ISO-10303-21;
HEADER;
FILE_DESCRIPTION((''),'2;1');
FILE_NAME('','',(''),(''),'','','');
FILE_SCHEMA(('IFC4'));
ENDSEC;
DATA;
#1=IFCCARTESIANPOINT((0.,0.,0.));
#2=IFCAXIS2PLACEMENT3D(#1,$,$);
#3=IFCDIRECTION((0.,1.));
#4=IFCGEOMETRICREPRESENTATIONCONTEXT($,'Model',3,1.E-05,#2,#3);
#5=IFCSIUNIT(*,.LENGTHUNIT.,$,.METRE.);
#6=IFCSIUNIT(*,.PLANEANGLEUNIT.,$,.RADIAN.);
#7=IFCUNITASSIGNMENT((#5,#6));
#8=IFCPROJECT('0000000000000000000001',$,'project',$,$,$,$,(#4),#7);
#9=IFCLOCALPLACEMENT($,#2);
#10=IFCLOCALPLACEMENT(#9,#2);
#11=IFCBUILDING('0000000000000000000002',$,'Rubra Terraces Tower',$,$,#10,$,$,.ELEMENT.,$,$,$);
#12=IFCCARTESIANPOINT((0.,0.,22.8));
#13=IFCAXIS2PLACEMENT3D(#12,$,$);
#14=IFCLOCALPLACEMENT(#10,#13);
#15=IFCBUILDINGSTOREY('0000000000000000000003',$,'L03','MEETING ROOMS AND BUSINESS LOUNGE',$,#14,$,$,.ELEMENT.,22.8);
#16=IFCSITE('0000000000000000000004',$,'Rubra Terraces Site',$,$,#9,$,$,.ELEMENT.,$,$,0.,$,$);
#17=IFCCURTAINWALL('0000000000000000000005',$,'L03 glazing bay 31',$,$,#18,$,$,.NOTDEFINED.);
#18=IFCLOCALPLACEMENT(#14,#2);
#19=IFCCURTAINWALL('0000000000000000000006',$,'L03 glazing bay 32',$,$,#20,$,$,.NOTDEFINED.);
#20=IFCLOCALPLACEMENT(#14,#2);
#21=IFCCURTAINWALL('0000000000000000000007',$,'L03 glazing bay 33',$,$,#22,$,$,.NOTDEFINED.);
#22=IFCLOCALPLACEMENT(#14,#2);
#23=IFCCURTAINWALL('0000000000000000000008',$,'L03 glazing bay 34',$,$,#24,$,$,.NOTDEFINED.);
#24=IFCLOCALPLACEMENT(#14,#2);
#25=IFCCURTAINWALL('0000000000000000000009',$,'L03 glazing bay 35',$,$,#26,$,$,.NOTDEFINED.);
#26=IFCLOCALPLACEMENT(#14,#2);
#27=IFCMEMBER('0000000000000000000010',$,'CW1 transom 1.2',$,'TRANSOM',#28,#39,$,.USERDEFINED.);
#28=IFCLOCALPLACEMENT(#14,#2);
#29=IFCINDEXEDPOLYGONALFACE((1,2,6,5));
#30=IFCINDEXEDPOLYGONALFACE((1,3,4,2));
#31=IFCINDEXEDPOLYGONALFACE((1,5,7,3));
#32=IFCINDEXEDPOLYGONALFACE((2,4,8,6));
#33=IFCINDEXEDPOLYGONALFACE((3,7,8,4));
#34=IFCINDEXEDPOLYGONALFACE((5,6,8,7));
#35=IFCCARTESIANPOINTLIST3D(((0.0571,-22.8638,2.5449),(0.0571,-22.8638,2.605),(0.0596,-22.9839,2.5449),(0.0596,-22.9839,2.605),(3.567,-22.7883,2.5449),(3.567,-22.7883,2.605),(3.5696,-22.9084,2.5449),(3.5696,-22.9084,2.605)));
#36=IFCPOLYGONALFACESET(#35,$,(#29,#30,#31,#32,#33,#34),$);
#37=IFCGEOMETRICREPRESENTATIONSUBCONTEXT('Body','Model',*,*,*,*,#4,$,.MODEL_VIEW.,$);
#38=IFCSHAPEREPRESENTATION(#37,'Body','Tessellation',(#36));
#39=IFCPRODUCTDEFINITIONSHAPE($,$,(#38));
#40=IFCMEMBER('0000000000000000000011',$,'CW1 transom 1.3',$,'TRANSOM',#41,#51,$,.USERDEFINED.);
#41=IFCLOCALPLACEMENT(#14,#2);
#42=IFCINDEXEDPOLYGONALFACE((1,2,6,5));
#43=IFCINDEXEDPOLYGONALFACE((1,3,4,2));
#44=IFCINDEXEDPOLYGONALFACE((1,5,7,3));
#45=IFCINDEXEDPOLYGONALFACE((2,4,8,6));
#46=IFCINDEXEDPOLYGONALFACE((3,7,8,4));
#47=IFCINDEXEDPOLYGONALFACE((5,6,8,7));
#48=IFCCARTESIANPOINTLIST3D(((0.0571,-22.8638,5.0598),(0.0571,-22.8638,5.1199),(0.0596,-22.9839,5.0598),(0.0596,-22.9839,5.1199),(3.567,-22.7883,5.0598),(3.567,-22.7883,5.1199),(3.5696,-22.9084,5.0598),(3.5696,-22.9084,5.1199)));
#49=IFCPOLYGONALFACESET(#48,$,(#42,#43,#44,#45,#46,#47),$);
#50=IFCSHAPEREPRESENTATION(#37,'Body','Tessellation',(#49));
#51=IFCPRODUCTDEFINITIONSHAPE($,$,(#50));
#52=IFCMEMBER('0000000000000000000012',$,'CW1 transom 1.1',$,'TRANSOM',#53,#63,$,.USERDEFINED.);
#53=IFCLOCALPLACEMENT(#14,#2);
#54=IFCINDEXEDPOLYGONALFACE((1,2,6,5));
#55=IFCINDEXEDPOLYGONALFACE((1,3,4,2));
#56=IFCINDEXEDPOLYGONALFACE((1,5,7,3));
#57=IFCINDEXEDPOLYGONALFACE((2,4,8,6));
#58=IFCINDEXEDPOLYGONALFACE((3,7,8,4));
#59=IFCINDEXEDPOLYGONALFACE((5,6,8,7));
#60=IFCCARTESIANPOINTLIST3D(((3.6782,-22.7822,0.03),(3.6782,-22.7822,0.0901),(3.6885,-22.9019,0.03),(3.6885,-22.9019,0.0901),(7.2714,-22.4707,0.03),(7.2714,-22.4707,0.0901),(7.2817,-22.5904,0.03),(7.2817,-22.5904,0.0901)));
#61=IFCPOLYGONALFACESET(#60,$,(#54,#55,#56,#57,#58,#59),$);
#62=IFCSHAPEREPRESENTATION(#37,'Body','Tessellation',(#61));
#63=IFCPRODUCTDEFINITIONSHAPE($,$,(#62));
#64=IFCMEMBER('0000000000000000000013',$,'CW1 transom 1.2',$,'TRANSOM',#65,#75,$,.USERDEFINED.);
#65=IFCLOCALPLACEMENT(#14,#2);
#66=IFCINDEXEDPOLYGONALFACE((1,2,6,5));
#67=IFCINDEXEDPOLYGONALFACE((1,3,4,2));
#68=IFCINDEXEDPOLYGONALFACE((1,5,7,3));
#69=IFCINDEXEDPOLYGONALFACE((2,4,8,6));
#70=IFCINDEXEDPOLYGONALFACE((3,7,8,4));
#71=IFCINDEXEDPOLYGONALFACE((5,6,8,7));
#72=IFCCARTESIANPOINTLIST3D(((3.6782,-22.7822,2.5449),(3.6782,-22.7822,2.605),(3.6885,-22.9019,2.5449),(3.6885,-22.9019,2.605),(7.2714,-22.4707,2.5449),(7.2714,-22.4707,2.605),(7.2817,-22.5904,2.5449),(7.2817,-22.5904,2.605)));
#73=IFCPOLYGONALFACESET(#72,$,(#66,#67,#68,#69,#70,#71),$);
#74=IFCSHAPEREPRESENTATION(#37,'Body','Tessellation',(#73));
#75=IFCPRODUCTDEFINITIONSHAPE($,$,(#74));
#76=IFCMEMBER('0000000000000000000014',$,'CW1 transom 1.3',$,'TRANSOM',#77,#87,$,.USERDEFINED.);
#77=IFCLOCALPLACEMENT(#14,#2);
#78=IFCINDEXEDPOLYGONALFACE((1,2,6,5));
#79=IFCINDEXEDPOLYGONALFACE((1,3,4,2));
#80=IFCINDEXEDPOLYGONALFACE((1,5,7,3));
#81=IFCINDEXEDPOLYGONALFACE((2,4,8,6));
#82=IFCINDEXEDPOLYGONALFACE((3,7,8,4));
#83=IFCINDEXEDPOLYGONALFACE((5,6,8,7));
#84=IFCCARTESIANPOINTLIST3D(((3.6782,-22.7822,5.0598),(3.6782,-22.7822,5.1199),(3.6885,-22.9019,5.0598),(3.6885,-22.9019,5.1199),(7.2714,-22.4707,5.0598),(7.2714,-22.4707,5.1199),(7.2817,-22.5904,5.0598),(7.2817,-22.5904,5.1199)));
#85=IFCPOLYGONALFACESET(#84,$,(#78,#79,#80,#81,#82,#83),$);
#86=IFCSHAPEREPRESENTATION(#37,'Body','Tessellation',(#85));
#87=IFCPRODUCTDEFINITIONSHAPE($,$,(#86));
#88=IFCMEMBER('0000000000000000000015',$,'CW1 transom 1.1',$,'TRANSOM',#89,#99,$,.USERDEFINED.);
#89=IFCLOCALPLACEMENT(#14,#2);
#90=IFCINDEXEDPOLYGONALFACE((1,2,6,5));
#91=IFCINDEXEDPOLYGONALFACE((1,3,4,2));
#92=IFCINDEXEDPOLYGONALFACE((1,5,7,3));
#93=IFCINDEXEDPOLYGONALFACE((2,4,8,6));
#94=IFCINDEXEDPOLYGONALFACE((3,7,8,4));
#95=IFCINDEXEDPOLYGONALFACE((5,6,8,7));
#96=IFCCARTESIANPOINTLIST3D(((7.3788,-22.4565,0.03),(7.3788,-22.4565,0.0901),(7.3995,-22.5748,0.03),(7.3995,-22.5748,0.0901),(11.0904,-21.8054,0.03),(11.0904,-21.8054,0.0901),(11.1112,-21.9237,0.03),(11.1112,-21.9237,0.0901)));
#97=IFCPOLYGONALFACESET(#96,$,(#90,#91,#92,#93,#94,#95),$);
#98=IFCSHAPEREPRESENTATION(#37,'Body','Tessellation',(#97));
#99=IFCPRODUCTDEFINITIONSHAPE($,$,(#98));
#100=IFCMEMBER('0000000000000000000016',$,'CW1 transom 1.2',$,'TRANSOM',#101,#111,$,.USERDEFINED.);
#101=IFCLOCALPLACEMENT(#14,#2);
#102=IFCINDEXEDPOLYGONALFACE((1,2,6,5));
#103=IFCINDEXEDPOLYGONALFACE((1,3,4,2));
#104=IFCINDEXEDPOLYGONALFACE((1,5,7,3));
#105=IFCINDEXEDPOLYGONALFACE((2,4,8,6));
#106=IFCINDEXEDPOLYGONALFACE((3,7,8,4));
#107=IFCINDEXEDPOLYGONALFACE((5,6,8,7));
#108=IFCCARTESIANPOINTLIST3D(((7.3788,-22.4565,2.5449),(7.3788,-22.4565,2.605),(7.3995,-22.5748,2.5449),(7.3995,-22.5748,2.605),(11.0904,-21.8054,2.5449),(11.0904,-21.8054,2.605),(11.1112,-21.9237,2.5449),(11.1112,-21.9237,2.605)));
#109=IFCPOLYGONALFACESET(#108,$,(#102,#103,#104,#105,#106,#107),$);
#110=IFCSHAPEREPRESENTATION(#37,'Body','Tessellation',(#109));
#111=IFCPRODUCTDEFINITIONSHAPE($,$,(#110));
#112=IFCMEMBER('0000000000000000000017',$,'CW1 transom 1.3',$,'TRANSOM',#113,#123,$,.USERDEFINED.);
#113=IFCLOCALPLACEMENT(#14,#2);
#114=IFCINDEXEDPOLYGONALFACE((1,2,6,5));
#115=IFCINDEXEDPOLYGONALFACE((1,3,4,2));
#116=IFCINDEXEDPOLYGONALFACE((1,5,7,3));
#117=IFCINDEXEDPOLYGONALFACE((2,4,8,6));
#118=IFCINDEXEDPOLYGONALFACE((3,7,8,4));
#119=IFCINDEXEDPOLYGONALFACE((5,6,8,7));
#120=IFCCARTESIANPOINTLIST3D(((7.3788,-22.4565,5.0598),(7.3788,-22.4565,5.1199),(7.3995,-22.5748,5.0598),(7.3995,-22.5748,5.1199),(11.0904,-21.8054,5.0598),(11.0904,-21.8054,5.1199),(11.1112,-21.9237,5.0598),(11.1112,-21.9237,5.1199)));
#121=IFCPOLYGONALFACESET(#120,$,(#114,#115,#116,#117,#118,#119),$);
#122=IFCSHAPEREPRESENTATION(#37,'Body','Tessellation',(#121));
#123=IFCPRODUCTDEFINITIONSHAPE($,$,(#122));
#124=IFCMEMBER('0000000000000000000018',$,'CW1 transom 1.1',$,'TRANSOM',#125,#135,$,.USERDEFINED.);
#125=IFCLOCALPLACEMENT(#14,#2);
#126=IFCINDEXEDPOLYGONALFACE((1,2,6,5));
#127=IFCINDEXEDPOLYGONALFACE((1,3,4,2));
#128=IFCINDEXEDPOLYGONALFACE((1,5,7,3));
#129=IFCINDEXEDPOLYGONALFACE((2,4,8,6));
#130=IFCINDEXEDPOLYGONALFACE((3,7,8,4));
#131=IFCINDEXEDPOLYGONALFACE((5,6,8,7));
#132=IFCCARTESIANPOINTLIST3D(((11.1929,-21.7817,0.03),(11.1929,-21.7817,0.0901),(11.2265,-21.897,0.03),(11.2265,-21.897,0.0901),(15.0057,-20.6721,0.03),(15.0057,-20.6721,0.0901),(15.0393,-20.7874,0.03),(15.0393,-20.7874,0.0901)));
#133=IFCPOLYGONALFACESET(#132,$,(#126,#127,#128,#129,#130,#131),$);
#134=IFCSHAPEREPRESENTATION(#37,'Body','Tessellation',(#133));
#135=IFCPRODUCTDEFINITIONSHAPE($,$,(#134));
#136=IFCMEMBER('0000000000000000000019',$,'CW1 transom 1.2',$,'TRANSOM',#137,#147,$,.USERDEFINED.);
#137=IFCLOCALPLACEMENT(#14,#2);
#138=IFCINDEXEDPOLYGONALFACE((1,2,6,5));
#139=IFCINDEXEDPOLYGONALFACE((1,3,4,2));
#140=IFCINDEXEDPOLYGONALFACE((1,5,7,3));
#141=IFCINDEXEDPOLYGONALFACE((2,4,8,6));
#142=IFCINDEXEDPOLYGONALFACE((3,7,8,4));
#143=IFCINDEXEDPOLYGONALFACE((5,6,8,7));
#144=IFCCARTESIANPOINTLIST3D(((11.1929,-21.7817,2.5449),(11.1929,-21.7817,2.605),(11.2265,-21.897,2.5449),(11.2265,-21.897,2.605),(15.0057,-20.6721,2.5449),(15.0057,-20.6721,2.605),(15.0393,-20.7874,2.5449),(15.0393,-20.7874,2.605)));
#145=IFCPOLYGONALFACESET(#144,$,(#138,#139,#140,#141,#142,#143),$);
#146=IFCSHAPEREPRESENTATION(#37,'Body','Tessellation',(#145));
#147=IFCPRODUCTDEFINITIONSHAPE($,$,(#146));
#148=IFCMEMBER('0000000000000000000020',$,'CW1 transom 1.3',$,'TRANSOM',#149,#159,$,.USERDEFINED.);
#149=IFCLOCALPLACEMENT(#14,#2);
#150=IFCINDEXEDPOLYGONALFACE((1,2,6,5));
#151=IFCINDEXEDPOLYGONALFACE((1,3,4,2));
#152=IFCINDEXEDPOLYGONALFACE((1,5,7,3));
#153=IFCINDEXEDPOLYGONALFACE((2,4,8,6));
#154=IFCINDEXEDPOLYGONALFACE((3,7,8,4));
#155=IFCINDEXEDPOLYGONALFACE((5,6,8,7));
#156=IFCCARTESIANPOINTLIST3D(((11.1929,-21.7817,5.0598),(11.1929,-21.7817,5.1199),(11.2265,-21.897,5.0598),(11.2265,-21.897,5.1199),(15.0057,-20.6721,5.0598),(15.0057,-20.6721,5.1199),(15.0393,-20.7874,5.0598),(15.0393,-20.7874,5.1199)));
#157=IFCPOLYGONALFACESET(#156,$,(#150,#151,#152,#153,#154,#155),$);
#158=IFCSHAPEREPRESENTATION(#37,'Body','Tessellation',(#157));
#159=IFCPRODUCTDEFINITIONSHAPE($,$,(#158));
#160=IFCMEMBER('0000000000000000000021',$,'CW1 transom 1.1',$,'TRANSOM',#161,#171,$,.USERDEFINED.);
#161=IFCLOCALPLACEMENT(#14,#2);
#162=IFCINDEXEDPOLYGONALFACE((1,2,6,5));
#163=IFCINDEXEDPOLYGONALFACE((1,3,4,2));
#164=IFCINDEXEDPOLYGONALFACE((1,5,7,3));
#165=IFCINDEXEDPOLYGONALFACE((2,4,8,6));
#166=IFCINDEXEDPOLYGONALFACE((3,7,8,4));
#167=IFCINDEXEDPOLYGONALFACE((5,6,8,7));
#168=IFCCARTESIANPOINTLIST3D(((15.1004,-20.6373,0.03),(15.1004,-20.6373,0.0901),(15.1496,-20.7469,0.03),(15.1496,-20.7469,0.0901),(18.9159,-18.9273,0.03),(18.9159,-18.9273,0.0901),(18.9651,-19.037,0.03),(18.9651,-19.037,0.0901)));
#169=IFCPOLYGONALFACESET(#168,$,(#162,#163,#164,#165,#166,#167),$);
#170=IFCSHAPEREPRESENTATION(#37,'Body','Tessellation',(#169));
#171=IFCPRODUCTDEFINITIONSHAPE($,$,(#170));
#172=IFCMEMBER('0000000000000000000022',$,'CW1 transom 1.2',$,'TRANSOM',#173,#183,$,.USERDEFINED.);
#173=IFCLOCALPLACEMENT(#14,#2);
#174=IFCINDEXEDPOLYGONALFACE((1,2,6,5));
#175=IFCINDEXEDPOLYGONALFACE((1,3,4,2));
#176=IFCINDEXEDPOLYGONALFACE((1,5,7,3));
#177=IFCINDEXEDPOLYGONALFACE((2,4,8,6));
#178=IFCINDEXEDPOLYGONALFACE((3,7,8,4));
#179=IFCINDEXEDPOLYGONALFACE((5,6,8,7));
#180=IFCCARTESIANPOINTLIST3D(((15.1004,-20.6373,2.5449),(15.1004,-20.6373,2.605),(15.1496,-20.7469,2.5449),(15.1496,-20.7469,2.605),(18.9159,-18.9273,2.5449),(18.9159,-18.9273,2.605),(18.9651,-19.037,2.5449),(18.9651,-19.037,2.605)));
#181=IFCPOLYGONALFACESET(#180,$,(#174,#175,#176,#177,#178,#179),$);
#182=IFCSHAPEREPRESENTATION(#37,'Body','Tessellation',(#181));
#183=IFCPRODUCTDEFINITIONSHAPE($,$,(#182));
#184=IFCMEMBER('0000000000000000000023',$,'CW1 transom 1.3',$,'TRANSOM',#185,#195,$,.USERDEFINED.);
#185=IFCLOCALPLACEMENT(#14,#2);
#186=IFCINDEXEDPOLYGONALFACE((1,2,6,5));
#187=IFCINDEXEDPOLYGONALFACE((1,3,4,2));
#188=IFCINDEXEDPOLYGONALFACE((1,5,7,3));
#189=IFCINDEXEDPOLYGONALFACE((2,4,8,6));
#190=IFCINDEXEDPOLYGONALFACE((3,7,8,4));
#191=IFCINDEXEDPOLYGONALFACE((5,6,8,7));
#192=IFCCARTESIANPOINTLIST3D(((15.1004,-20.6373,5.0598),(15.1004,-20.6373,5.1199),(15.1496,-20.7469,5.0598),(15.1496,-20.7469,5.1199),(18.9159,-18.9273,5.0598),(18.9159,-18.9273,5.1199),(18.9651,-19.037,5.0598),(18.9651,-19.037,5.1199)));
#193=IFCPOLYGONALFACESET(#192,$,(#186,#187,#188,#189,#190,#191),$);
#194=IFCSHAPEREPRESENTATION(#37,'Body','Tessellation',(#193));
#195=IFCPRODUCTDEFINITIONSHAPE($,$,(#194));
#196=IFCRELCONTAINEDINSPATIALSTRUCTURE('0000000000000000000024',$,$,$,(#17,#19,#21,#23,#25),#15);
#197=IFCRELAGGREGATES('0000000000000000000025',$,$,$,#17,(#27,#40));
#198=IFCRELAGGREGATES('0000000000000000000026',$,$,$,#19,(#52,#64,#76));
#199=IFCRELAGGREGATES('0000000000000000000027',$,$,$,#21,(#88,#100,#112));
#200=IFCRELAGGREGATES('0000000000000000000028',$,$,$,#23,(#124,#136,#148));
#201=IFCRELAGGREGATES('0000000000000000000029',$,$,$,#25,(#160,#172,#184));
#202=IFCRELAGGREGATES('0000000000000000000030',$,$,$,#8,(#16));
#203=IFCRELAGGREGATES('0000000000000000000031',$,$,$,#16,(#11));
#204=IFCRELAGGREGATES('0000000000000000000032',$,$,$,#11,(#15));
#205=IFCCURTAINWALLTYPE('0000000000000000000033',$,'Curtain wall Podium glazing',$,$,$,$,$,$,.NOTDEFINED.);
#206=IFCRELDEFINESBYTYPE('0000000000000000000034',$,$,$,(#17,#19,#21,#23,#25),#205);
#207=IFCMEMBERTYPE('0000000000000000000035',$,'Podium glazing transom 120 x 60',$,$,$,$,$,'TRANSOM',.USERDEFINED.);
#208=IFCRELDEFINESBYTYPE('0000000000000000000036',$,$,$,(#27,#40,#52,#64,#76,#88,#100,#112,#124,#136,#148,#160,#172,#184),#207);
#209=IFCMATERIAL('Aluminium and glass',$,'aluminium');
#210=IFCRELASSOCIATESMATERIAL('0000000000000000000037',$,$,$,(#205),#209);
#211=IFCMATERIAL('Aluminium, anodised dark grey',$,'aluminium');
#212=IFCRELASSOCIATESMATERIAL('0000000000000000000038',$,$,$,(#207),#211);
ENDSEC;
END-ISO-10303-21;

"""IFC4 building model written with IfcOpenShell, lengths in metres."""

from ifc_helpers import new_model, si_unit, direction, frame, origin, origin_2d, place, context, subcontext, project, spatial, rectangle, extrude, material, material_profile, profile_set, type_object, element, aggregate, save


model = new_model("IFC4")

# Units and contexts
model_context = context("Model", 3, precision=1e-05, world=origin(), true_north=direction((0.0, 1.0)))
body_context = subcontext(model_context, "Body", "Model", "MODEL_VIEW")
ifc_project = project(units=[si_unit("LENGTHUNIT", "METRE"), si_unit("PLANEANGLEUNIT", "RADIAN")], contexts=[model_context])

# Site, building, storey
site_placement = place(None, origin())
site = spatial("IfcSite", under=ifc_project, at=site_placement, Name="Rubra Terraces Site", CompositionType="ELEMENT", RefElevation=0.0)
building_placement = place(site_placement, origin())
building = spatial("IfcBuilding", under=site, at=building_placement, Name="Rubra Terraces Tower", CompositionType="ELEMENT")
storey_placement = place(building_placement, frame((0.0, 0.0, 22.8)))
storey = spatial("IfcBuildingStorey", under=building, at=storey_placement, Name="L03", Description="MEETING ROOMS AND BUSINESS LOUNGE", CompositionType="ELEMENT", Elevation=22.8)

# Curtain walls
ifc_material_1 = material(Name="Aluminium and glass", Category="aluminium")
curtain_wall_type = type_object("IfcCurtainWallType", Name="Curtain wall Podium glazing", PredefinedType="NOTDEFINED", material=ifc_material_1)
curtain_wall_1_placement = place(storey_placement, origin())
curtain_wall_1 = element("IfcCurtainWall", 1, at=curtain_wall_1_placement, inside=storey, type_object=curtain_wall_type, Name="L03 glazing bay 31", PredefinedType="NOTDEFINED")
ifc_material_2 = material(Name="Aluminium, anodised dark grey", Category="aluminium")
curtain_wall_2_placement = place(storey_placement, origin())
curtain_wall_2 = element("IfcCurtainWall", 2, at=curtain_wall_2_placement, inside=storey, type_object=curtain_wall_type, Name="L03 glazing bay 32", PredefinedType="NOTDEFINED")
curtain_wall_3_placement = place(storey_placement, origin())
curtain_wall_3 = element("IfcCurtainWall", 3, at=curtain_wall_3_placement, inside=storey, type_object=curtain_wall_type, Name="L03 glazing bay 33", PredefinedType="NOTDEFINED")
curtain_wall_4_placement = place(storey_placement, origin())
curtain_wall_4 = element("IfcCurtainWall", 4, at=curtain_wall_4_placement, inside=storey, type_object=curtain_wall_type, Name="L03 glazing bay 34", PredefinedType="NOTDEFINED")
curtain_wall_5_placement = place(storey_placement, origin())
curtain_wall_5 = element("IfcCurtainWall", 5, at=curtain_wall_5_placement, inside=storey, type_object=curtain_wall_type, Name="L03 glazing bay 35", PredefinedType="NOTDEFINED")

# Members
ifc_material_profile_1 = material_profile(ifc_material_2, rectangle(XDim=0.1201, YDim=0.0601, at=origin_2d()), Name="AL 120x60")
ifc_profile_set_1 = profile_set([ifc_material_profile_1], Name="Aluminium, anodised dark grey")
member_type_1 = type_object("IfcMemberType", Name="Podium glazing transom 120 x 60", ElementType="TRANSOM", PredefinedType="USERDEFINED", material=ifc_profile_set_1)
member_1_placement = place(storey_placement, frame((0.0583, -22.9238, 2.575), z_axis=(0.999769, 0.021488, 0.0), x_axis=(-0.021488, 0.999769, 0.0)))
member_1 = element("IfcMember", 6, at=member_1_placement, type_object=member_type_1, Name="CW1 transom 1.2", ObjectType="TRANSOM", PredefinedType="USERDEFINED", context=body_context, shape_type="SweptSolid", body=[
    extrude(rectangle(XDim=0.1201, YDim=0.0601, at=origin_2d()), origin(), (0.0, 0.0, 1.0), 3.5107),
])
member_2_placement = place(storey_placement, frame((0.0583, -22.9238, 5.0898), z_axis=(0.999769, 0.021488, 0.0), x_axis=(-0.021488, 0.999769, 0.0)))
member_2 = element("IfcMember", 7, at=member_2_placement, type_object=member_type_1, Name="CW1 transom 1.3", ObjectType="TRANSOM", PredefinedType="USERDEFINED", context=body_context, shape_type="SweptSolid", body=[
    extrude(rectangle(XDim=0.1201, YDim=0.0601, at=origin_2d()), origin(), (0.0, 0.0, 1.0), 3.5107),
])
member_3_placement = place(storey_placement, frame((3.6833, -22.842, 0.0601), z_axis=(0.996263, 0.086373, 0.0), x_axis=(-0.086373, 0.996263, 0.0)))
member_3 = element("IfcMember", 8, at=member_3_placement, type_object=member_type_1, Name="CW1 transom 1.1", ObjectType="TRANSOM", PredefinedType="USERDEFINED", context=body_context, shape_type="SweptSolid", body=[
    extrude(rectangle(XDim=0.1201, YDim=0.0601, at=origin_2d()), origin(), (0.0, 0.0, 1.0), 3.6067),
])
member_4_placement = place(storey_placement, frame((3.6833, -22.842, 2.575), z_axis=(0.996263, 0.086373, 0.0), x_axis=(-0.086373, 0.996263, 0.0)))
member_4 = element("IfcMember", 9, at=member_4_placement, type_object=member_type_1, Name="CW1 transom 1.2", ObjectType="TRANSOM", PredefinedType="USERDEFINED", context=body_context, shape_type="SweptSolid", body=[
    extrude(rectangle(XDim=0.1201, YDim=0.0601, at=origin_2d()), origin(), (0.0, 0.0, 1.0), 3.6067),
])
member_5_placement = place(storey_placement, frame((3.6833, -22.842, 5.0898), z_axis=(0.996263, 0.086373, 0.0), x_axis=(-0.086373, 0.996263, 0.0)))
member_5 = element("IfcMember", 10, at=member_5_placement, type_object=member_type_1, Name="CW1 transom 1.3", ObjectType="TRANSOM", PredefinedType="USERDEFINED", context=body_context, shape_type="SweptSolid", body=[
    extrude(rectangle(XDim=0.1201, YDim=0.0601, at=origin_2d()), origin(), (0.0, 0.0, 1.0), 3.6067),
])
member_6_placement = place(storey_placement, frame((7.3892, -22.5156, 0.0601), z_axis=(0.984959, 0.172787, 0.0), x_axis=(-0.172787, 0.984959, 0.0)))
member_6 = element("IfcMember", 11, at=member_6_placement, type_object=member_type_1, Name="CW1 transom 1.1", ObjectType="TRANSOM", PredefinedType="USERDEFINED", context=body_context, shape_type="SweptSolid", body=[
    extrude(rectangle(XDim=0.1201, YDim=0.0601, at=origin_2d()), origin(), (0.0, 0.0, 1.0), 3.7683),
])
member_7_placement = place(storey_placement, frame((7.3892, -22.5156, 2.575), z_axis=(0.984959, 0.172787, 0.0), x_axis=(-0.172787, 0.984959, 0.0)))
member_7 = element("IfcMember", 12, at=member_7_placement, type_object=member_type_1, Name="CW1 transom 1.2", ObjectType="TRANSOM", PredefinedType="USERDEFINED", context=body_context, shape_type="SweptSolid", body=[
    extrude(rectangle(XDim=0.1201, YDim=0.0601, at=origin_2d()), origin(), (0.0, 0.0, 1.0), 3.7683),
])
member_8_placement = place(storey_placement, frame((7.3892, -22.5156, 5.0898), z_axis=(0.984959, 0.172787, 0.0), x_axis=(-0.172787, 0.984959, 0.0)))
member_8 = element("IfcMember", 13, at=member_8_placement, type_object=member_type_1, Name="CW1 transom 1.3", ObjectType="TRANSOM", PredefinedType="USERDEFINED", context=body_context, shape_type="SweptSolid", body=[
    extrude(rectangle(XDim=0.1201, YDim=0.0601, at=origin_2d()), origin(), (0.0, 0.0, 1.0), 3.7683),
])
member_9_placement = place(storey_placement, frame((11.2097, -21.8394, 0.0601), z_axis=(0.960164, 0.279436, 0.0), x_axis=(-0.279436, 0.960164, 0.0)))
member_9 = element("IfcMember", 14, at=member_9_placement, type_object=member_type_1, Name="CW1 transom 1.1", ObjectType="TRANSOM", PredefinedType="USERDEFINED", context=body_context, shape_type="SweptSolid", body=[
    extrude(rectangle(XDim=0.1201, YDim=0.0601, at=origin_2d()), origin(), (0.0, 0.0, 1.0), 3.9709),
])
member_10_placement = place(storey_placement, frame((11.2097, -21.8394, 2.575), z_axis=(0.960164, 0.279436, 0.0), x_axis=(-0.279436, 0.960164, 0.0)))
member_10 = element("IfcMember", 15, at=member_10_placement, type_object=member_type_1, Name="CW1 transom 1.2", ObjectType="TRANSOM", PredefinedType="USERDEFINED", context=body_context, shape_type="SweptSolid", body=[
    extrude(rectangle(XDim=0.1201, YDim=0.0601, at=origin_2d()), origin(), (0.0, 0.0, 1.0), 3.9709),
])
member_11_placement = place(storey_placement, frame((11.2097, -21.8394, 5.0898), z_axis=(0.960164, 0.279436, 0.0), x_axis=(-0.279436, 0.960164, 0.0)))
member_11 = element("IfcMember", 16, at=member_11_placement, type_object=member_type_1, Name="CW1 transom 1.3", ObjectType="TRANSOM", PredefinedType="USERDEFINED", context=body_context, shape_type="SweptSolid", body=[
    extrude(rectangle(XDim=0.1201, YDim=0.0601, at=origin_2d()), origin(), (0.0, 0.0, 1.0), 3.9709),
])
member_12_placement = place(storey_placement, frame((15.125, -20.6921, 0.0601), z_axis=(0.912545, 0.408975, 0.0), x_axis=(-0.408975, 0.912545, 0.0)))
member_12 = element("IfcMember", 17, at=member_12_placement, type_object=member_type_1, Name="CW1 transom 1.1", ObjectType="TRANSOM", PredefinedType="USERDEFINED", context=body_context, shape_type="SweptSolid", body=[
    extrude(rectangle(XDim=0.1201, YDim=0.0601, at=origin_2d()), origin(), (0.0, 0.0, 1.0), 4.1812),
])
member_13_placement = place(storey_placement, frame((15.125, -20.6921, 2.575), z_axis=(0.912545, 0.408975, 0.0), x_axis=(-0.408975, 0.912545, 0.0)))
member_13 = element("IfcMember", 18, at=member_13_placement, type_object=member_type_1, Name="CW1 transom 1.2", ObjectType="TRANSOM", PredefinedType="USERDEFINED", context=body_context, shape_type="SweptSolid", body=[
    extrude(rectangle(XDim=0.1201, YDim=0.0601, at=origin_2d()), origin(), (0.0, 0.0, 1.0), 4.1812),
])
member_14_placement = place(storey_placement, frame((15.125, -20.6921, 5.0898), z_axis=(0.912545, 0.408975, 0.0), x_axis=(-0.408975, 0.912545, 0.0)))
member_14 = element("IfcMember", 19, at=member_14_placement, type_object=member_type_1, Name="CW1 transom 1.3", ObjectType="TRANSOM", PredefinedType="USERDEFINED", context=body_context, shape_type="SweptSolid", body=[
    extrude(rectangle(XDim=0.1201, YDim=0.0601, at=origin_2d()), origin(), (0.0, 0.0, 1.0), 4.1812),
])

aggregate(curtain_wall_1, [member_1, member_2])
aggregate(curtain_wall_2, [member_3, member_4, member_5])
aggregate(curtain_wall_3, [member_6, member_7, member_8])
aggregate(curtain_wall_4, [member_9, member_10, member_11])
aggregate(curtain_wall_5, [member_12, member_13, member_14])

save(model, "model.ifc")
